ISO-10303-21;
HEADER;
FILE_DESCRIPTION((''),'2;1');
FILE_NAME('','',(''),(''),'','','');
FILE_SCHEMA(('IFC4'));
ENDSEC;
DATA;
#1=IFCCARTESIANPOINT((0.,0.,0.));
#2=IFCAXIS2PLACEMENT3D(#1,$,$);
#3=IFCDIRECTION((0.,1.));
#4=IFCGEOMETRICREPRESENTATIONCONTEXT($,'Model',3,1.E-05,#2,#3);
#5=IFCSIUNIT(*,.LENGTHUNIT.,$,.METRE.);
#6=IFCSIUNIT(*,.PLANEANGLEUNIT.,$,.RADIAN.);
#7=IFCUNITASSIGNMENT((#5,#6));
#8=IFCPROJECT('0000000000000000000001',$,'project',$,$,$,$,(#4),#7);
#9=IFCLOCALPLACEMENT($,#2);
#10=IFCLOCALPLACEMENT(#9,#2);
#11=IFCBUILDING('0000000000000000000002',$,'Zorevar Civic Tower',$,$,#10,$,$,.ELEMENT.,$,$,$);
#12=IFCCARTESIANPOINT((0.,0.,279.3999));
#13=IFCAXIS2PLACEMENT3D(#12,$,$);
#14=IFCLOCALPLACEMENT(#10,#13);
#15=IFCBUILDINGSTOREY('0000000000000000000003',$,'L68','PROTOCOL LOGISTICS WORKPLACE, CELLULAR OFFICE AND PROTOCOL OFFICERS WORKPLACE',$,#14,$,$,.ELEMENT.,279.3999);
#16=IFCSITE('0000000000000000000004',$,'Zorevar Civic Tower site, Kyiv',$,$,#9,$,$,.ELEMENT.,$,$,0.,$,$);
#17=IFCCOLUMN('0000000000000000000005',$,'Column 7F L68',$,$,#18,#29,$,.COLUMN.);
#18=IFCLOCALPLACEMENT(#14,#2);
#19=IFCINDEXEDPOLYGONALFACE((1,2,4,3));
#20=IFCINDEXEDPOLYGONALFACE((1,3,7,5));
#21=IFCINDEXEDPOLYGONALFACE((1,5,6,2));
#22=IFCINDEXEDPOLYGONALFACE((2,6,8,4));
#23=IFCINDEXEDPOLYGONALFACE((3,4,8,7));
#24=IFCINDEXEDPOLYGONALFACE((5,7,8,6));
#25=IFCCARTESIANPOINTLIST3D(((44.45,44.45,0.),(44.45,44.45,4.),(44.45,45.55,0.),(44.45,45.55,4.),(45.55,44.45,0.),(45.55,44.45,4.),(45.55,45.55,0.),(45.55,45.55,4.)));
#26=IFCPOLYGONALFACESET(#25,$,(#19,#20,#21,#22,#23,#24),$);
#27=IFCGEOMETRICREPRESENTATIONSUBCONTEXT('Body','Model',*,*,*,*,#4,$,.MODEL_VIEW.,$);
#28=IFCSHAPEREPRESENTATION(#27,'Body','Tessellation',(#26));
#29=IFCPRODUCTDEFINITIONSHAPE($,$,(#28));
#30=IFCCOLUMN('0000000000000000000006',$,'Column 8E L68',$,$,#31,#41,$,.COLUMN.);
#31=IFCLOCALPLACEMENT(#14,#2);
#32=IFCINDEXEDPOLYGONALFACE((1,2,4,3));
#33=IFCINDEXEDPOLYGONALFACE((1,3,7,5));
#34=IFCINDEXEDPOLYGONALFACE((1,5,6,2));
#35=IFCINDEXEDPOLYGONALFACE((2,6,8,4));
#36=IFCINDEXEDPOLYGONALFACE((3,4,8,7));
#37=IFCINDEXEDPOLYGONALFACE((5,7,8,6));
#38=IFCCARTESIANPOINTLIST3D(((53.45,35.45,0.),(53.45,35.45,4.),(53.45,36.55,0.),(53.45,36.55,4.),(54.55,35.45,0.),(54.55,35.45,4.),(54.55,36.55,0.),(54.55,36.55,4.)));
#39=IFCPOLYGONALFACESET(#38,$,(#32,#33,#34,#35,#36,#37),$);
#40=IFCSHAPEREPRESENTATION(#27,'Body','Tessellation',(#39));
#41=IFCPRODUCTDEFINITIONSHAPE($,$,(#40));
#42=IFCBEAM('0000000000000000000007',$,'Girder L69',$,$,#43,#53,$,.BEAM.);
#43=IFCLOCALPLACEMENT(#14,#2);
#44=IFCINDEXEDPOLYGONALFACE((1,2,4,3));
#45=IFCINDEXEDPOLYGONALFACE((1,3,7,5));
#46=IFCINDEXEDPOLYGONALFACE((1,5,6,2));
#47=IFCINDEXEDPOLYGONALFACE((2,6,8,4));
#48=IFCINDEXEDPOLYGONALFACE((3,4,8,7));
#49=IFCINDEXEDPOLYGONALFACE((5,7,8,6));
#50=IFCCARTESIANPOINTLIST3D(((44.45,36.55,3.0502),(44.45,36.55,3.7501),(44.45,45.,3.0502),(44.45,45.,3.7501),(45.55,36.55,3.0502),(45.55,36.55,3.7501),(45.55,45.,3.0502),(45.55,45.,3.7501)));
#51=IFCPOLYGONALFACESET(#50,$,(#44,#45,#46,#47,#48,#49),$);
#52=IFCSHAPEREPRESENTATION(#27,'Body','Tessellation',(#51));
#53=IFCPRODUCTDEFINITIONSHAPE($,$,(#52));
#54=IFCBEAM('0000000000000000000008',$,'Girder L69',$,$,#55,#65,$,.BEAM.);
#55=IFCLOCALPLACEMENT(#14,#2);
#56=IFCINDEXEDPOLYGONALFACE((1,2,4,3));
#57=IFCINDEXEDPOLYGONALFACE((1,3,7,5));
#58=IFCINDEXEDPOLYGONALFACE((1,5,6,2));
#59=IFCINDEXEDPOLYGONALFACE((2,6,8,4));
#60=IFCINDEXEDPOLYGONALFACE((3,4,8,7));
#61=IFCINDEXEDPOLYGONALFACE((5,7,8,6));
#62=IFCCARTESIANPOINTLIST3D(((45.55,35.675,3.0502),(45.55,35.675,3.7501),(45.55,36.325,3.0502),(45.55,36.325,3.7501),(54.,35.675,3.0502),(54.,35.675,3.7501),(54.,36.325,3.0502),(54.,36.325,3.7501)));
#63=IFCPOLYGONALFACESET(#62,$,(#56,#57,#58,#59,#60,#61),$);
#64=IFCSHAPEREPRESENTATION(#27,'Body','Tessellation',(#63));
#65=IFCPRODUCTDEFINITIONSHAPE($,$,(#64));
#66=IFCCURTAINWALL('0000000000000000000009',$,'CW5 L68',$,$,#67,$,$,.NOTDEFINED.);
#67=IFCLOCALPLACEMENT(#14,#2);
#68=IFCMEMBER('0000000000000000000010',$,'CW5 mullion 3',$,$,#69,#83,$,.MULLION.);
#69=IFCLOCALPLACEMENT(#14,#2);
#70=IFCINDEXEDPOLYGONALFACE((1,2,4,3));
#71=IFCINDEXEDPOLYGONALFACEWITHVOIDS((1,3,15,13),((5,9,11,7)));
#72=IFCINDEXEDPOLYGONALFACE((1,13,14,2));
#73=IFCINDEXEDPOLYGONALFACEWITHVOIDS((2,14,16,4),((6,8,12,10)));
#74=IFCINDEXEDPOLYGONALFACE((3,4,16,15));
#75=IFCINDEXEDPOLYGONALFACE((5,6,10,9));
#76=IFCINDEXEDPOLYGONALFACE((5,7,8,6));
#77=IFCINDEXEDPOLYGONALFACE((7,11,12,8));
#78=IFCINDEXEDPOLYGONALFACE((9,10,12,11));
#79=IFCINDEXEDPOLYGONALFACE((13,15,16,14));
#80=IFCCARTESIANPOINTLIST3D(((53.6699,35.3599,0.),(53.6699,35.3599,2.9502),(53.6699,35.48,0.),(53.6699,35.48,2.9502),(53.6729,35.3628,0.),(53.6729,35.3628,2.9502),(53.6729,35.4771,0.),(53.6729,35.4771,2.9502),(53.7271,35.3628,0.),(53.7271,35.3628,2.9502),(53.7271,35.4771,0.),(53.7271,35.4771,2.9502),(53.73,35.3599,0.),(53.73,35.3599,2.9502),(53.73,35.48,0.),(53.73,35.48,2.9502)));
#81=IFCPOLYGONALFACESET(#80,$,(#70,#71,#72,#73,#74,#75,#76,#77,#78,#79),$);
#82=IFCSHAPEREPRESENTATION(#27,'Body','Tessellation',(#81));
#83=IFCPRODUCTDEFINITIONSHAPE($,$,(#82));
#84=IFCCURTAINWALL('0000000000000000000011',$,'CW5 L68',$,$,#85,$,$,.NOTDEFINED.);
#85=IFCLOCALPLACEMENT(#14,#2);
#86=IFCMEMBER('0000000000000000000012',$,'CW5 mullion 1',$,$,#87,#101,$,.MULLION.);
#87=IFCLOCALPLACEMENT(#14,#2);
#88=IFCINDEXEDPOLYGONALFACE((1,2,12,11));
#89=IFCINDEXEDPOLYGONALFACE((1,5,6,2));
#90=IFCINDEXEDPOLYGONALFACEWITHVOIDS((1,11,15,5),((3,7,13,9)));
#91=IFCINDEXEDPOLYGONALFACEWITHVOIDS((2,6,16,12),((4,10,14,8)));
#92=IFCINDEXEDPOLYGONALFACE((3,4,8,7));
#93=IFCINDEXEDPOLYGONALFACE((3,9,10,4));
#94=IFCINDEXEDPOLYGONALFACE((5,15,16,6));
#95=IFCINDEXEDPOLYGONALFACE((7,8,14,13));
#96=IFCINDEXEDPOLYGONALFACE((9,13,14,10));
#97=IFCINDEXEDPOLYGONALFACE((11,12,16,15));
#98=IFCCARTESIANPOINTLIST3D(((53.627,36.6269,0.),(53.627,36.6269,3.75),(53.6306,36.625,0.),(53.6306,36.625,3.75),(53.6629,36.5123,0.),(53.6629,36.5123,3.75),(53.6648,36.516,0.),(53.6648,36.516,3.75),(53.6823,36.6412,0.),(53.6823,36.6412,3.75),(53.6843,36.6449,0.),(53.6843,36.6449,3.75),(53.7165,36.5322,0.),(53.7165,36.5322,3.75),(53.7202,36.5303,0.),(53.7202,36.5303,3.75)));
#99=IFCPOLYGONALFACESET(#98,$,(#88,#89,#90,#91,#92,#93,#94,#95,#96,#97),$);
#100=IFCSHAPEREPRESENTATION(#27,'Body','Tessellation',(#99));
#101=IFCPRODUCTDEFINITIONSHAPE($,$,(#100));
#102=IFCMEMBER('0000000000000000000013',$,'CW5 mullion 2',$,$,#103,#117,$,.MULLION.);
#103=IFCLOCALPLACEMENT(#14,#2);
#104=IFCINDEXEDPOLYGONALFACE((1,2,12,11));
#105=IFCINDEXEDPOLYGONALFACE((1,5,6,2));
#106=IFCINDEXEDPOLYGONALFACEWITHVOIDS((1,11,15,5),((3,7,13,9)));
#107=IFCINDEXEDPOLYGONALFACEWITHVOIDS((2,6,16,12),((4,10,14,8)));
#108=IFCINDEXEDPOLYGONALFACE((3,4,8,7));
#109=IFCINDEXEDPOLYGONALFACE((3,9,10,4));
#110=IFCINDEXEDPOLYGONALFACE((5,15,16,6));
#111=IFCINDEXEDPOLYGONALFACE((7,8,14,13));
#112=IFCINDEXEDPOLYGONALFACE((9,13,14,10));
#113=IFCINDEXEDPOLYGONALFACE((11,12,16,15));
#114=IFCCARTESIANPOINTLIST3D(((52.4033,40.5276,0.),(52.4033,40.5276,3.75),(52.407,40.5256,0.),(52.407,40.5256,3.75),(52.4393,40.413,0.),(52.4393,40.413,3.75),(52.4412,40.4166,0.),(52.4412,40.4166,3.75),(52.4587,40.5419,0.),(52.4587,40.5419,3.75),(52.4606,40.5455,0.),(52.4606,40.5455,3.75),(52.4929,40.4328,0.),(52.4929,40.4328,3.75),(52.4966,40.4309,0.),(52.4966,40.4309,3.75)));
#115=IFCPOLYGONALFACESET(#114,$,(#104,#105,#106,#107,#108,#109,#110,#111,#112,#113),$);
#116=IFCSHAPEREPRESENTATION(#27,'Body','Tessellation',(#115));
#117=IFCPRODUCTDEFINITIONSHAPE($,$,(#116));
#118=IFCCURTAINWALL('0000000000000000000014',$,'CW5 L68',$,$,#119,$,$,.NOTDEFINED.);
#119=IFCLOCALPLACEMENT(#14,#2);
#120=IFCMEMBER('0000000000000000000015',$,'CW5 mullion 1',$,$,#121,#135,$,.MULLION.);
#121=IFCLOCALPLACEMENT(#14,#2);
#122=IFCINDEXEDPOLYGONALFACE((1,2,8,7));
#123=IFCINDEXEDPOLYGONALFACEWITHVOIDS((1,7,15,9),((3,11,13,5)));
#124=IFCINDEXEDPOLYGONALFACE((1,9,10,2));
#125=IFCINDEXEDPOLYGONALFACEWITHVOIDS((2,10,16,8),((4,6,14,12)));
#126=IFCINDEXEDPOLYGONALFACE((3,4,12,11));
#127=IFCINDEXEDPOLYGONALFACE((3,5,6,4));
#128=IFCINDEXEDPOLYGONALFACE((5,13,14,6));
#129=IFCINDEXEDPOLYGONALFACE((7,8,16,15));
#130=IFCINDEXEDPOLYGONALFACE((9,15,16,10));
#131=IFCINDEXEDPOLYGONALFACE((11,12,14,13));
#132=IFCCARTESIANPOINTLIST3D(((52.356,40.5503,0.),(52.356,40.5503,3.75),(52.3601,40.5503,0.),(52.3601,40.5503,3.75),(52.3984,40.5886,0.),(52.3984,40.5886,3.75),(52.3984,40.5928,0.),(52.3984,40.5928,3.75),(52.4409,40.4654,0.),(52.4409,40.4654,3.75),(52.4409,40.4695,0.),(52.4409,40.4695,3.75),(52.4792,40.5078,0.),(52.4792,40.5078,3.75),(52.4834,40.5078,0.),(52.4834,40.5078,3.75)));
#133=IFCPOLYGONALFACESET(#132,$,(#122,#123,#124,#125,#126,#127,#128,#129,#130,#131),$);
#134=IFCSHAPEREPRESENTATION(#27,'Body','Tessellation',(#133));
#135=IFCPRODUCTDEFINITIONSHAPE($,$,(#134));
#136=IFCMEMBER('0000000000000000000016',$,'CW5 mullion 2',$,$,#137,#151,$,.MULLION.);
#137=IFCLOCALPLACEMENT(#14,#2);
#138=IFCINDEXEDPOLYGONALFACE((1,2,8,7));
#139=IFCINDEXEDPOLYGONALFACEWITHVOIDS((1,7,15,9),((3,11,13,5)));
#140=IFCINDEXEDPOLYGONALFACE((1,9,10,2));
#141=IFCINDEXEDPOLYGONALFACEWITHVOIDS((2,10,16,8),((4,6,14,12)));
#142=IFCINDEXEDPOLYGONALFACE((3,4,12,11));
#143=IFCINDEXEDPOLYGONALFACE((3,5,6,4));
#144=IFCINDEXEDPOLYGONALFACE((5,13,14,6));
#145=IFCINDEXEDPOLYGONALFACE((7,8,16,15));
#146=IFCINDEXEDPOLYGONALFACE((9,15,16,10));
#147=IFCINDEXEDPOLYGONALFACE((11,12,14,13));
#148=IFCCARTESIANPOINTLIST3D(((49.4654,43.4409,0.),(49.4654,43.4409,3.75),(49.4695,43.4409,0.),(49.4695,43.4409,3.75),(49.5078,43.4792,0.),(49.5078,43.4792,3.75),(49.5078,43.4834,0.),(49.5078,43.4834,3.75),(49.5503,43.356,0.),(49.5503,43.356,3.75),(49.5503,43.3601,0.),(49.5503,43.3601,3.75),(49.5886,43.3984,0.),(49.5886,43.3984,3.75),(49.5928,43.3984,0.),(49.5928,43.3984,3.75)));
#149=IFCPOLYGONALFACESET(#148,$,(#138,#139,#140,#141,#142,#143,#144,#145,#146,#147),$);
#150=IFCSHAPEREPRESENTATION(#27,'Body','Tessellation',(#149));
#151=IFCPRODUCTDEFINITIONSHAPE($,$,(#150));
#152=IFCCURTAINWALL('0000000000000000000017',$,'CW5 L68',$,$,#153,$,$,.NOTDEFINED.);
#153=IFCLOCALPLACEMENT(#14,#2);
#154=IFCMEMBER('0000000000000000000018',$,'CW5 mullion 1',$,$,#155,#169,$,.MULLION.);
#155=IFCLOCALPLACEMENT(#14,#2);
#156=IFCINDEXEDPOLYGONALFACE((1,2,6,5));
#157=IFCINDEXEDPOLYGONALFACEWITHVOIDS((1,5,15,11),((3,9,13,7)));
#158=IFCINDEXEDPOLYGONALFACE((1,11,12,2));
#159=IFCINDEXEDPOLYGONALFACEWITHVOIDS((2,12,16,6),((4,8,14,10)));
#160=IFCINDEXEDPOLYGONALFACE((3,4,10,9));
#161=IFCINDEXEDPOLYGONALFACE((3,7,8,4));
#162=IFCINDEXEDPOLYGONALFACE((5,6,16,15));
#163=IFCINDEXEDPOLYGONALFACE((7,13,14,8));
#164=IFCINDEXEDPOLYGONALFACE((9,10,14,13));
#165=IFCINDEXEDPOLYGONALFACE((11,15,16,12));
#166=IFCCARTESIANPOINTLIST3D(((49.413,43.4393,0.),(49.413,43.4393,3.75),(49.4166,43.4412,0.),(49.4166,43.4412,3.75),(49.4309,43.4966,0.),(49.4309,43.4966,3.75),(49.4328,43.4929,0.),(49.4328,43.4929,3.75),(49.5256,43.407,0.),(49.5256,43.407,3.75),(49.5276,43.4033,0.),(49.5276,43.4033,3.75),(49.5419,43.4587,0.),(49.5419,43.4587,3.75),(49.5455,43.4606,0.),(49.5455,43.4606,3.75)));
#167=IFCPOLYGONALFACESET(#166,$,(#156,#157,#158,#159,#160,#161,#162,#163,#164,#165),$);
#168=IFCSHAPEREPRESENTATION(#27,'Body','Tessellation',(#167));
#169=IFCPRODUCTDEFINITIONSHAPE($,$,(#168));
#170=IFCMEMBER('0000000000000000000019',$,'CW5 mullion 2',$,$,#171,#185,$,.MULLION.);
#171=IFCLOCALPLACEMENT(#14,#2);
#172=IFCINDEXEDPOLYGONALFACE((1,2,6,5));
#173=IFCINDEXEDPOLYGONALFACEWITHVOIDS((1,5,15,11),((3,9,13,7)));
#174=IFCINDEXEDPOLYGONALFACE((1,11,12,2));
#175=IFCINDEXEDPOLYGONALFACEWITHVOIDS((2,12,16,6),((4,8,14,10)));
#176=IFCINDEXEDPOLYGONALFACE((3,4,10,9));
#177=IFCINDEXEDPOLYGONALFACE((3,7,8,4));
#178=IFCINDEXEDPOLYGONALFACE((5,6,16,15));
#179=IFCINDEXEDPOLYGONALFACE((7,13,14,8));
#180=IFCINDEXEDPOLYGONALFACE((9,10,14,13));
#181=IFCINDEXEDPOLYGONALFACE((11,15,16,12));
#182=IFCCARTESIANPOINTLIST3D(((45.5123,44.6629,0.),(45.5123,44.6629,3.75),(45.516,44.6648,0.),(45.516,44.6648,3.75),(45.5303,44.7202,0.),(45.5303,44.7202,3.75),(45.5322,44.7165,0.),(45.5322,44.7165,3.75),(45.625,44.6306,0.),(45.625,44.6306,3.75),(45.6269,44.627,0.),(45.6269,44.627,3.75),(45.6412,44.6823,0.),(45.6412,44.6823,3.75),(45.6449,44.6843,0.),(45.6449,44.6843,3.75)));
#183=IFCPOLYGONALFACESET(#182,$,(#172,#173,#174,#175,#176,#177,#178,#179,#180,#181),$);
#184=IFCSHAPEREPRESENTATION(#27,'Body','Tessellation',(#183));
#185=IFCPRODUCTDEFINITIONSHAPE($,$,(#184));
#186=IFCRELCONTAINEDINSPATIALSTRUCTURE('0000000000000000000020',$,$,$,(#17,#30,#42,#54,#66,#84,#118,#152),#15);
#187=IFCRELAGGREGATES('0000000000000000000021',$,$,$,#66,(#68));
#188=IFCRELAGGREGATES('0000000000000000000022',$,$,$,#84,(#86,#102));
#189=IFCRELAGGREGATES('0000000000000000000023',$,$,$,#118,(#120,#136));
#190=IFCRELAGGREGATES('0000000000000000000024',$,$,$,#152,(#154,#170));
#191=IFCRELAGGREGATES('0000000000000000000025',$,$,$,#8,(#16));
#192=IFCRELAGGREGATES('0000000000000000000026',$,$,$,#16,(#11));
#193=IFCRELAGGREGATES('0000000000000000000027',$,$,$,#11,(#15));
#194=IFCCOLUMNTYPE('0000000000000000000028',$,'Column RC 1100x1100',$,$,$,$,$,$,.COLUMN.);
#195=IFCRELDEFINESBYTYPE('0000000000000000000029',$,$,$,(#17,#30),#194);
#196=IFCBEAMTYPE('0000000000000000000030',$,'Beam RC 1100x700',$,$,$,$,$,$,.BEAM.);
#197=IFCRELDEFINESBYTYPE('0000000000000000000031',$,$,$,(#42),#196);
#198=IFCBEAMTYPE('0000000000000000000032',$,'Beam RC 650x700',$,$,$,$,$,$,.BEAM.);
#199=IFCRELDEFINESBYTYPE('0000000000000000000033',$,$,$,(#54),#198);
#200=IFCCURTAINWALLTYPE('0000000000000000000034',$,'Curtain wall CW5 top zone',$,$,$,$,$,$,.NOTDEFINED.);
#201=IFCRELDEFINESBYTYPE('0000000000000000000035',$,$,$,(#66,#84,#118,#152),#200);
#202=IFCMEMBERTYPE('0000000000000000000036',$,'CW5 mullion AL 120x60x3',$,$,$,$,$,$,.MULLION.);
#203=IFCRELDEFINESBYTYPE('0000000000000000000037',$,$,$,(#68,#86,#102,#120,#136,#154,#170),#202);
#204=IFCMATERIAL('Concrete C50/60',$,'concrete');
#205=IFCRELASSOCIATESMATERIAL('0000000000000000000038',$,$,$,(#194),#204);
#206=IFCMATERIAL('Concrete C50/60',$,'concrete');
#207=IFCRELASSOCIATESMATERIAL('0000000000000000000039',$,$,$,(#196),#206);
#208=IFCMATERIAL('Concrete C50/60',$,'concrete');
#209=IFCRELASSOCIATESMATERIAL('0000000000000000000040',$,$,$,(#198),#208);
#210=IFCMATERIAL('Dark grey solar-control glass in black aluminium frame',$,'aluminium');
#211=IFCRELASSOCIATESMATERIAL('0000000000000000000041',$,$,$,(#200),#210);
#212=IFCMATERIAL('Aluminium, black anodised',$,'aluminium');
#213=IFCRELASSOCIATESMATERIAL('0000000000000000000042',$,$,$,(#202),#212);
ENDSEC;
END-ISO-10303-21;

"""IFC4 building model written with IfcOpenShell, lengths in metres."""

from ifc_helpers import new_model, si_unit, direction, frame, origin, origin_2d, place, context, subcontext, project, spatial, rectangle, hollow_rectangle, extrude, material, material_profile, profile_set, type_object, element, aggregate, save


model = new_model("IFC4")

# Units and contexts
model_context = context("Model", 3, precision=1e-05, world=origin(), true_north=direction((0.0, 1.0)))
body_context = subcontext(model_context, "Body", "Model", "MODEL_VIEW")
ifc_project = project(units=[si_unit("LENGTHUNIT", "METRE"), si_unit("PLANEANGLEUNIT", "RADIAN")], contexts=[model_context])

# Site, building, storey
site_placement = place(None, origin())
site = spatial("IfcSite", under=ifc_project, at=site_placement, Name="Zorevar Civic Tower site, Kyiv", CompositionType="ELEMENT", RefElevation=0.0)
building_placement = place(site_placement, origin())
building = spatial("IfcBuilding", under=site, at=building_placement, Name="Zorevar Civic Tower", CompositionType="ELEMENT")
storey_placement = place(building_placement, frame((0.0, 0.0, 279.3999)))
storey = spatial("IfcBuildingStorey", under=building, at=storey_placement, Name="L68", Description="PROTOCOL LOGISTICS WORKPLACE, CELLULAR OFFICE AND PROTOCOL OFFICERS WORKPLACE", CompositionType="ELEMENT", Elevation=279.3999)

# Columns
ifc_material_1 = material(Name="Concrete C50/60", Category="concrete")
ifc_material_profile_1 = material_profile(ifc_material_1, rectangle(XDim=1.1001, YDim=1.1001, at=origin_2d()), Name="RC 1100x1100")
ifc_profile_set_1 = profile_set([ifc_material_profile_1], Name="Concrete C50/60")
column_type = type_object("IfcColumnType", Name="Column RC 1100x1100", PredefinedType="COLUMN", material=ifc_profile_set_1)
for number, where, z_axis, x_axis, name in (
    (1, (45.0, 45.0, 0.0), (0.0, 0.0, 1.0), (1.0, 0.0, 0.0), "Column 7F L68"),
    (2, (54.0, 36.0, 0.0), (0.0, 0.0, 1.0), (1.0, 0.0, 0.0), "Column 8E L68"),
):
    element("IfcColumn", number, at=place(storey_placement, frame(where, z_axis=z_axis, x_axis=x_axis)), inside=storey, type_object=column_type, Name=name, PredefinedType="COLUMN", context=body_context, shape_type="SweptSolid", body=[
        extrude(rectangle(XDim=1.1001, YDim=1.1001, at=origin_2d()), origin(), (0.0, 0.0, 1.0), 4.0),
    ])

# Beams
ifc_material_2 = material(Name="Concrete C50/60", Category="concrete")
ifc_material_profile_2 = material_profile(ifc_material_2, rectangle(XDim=1.1001, YDim=0.7, at=origin_2d()), Name="RC 1100x700")
ifc_profile_set_2 = profile_set([ifc_material_profile_2], Name="Concrete C50/60")
beam_type_1 = type_object("IfcBeamType", Name="Beam RC 1100x700", PredefinedType="BEAM", material=ifc_profile_set_2)
beam_1_placement = place(storey_placement, frame((45.0, 36.55, 3.4001), z_axis=(0.0, 1.0, 0.0), x_axis=(-1.0, 0.0, 0.0)))
element("IfcBeam", 3, at=beam_1_placement, inside=storey, type_object=beam_type_1, Name="Girder L69", PredefinedType="BEAM", context=body_context, shape_type="SweptSolid", body=[
    extrude(rectangle(XDim=1.1001, YDim=0.7, at=origin_2d()), origin(), (0.0, 0.0, 1.0), 8.45),
])
ifc_material_3 = material(Name="Concrete C50/60", Category="concrete")
ifc_material_profile_3 = material_profile(ifc_material_3, rectangle(XDim=0.6499, YDim=0.7, at=origin_2d()), Name="RC 650x700")
ifc_profile_set_3 = profile_set([ifc_material_profile_3], Name="Concrete C50/60")
beam_type_2 = type_object("IfcBeamType", Name="Beam RC 650x700", PredefinedType="BEAM", material=ifc_profile_set_3)
beam_2_placement = place(storey_placement, frame((45.55, 36.0, 3.4001), z_axis=(1.0, 0.0, 0.0), x_axis=(0.0, 1.0, 0.0)))
element("IfcBeam", 4, at=beam_2_placement, inside=storey, type_object=beam_type_2, Name="Girder L69", PredefinedType="BEAM", context=body_context, shape_type="SweptSolid", body=[
    extrude(rectangle(XDim=0.6499, YDim=0.7, at=origin_2d()), origin(), (0.0, 0.0, 1.0), 8.45),
])

# Curtain wall, member
ifc_material_4 = material(Name="Dark grey solar-control glass in black aluminium frame", Category="aluminium")
curtain_wall_type = type_object("IfcCurtainWallType", Name="Curtain wall CW5 top zone", PredefinedType="NOTDEFINED", material=ifc_material_4)
curtain_wall_1_placement = place(storey_placement, origin())
curtain_wall_1 = element("IfcCurtainWall", 5, at=curtain_wall_1_placement, inside=storey, type_object=curtain_wall_type, Name="CW5 L68", PredefinedType="NOTDEFINED")
ifc_material_5 = material(Name="Aluminium, black anodised", Category="aluminium")
ifc_material_profile_4 = material_profile(ifc_material_5, hollow_rectangle(XDim=0.0601, YDim=0.1201, WallThickness=0.0029, at=origin_2d()), Name="AL 120x60x3")
ifc_profile_set_4 = profile_set([ifc_material_profile_4], Name="Aluminium, black anodised")
member_type_1 = type_object("IfcMemberType", Name="CW5 mullion AL 120x60x3", PredefinedType="MULLION", material=ifc_profile_set_4)
member_1_placement = place(storey_placement, frame((53.7, 35.4199, 0.0), z_axis=(0.0, 0.0, 1.0), x_axis=(-1.0, 0.0, 0.0)))
member_1 = element("IfcMember", 6, at=member_1_placement, type_object=member_type_1, Name="CW5 mullion 3", PredefinedType="MULLION", context=body_context, shape_type="SweptSolid", body=[
    extrude(hollow_rectangle(XDim=0.0601, YDim=0.1201, WallThickness=0.0029, at=origin_2d()), origin(), (0.0, 0.0, 1.0), 2.9502),
])
aggregate(curtain_wall_1, [member_1])

# Curtain walls, members
curtain_wall_2_placement = place(storey_placement, origin())
curtain_wall_2 = element("IfcCurtainWall", 7, at=curtain_wall_2_placement, inside=storey, type_object=curtain_wall_type, Name="CW5 L68", PredefinedType="NOTDEFINED")
member_2_placement = place(storey_placement, frame((53.6736, 36.5786, 0.0), z_axis=(0.0, 0.0, 1.0), x_axis=(-0.954153, -0.299318, 0.0)))
member_2 = element("IfcMember", 8, at=member_2_placement, type_object=member_type_1, Name="CW5 mullion 1", PredefinedType="MULLION", context=body_context, shape_type="SweptSolid", body=[
    extrude(hollow_rectangle(XDim=0.0601, YDim=0.1201, WallThickness=0.0029, at=origin_2d()), origin(), (0.0, 0.0, 1.0), 3.75),
])
member_3_placement = place(storey_placement, frame((52.45, 40.4792, 0.0), z_axis=(0.0, 0.0, 1.0), x_axis=(-0.954153, -0.299318, 0.0)))
member_3 = element("IfcMember", 9, at=member_3_placement, type_object=member_type_1, Name="CW5 mullion 2", PredefinedType="MULLION", context=body_context, shape_type="SweptSolid", body=[
    extrude(hollow_rectangle(XDim=0.0601, YDim=0.1201, WallThickness=0.0029, at=origin_2d()), origin(), (0.0, 0.0, 1.0), 3.75),
])
curtain_wall_3_placement = place(storey_placement, origin())
curtain_wall_3 = element("IfcCurtainWall", 10, at=curtain_wall_3_placement, inside=storey, type_object=curtain_wall_type, Name="CW5 L68", PredefinedType="NOTDEFINED")
member_4_placement = place(storey_placement, frame((52.4197, 40.5291, 0.0), z_axis=(0.0, 0.0, 1.0), x_axis=(-0.707107, -0.707107, 0.0)))
member_4 = element("IfcMember", 11, at=member_4_placement, type_object=member_type_1, Name="CW5 mullion 1", PredefinedType="MULLION", context=body_context, shape_type="SweptSolid", body=[
    extrude(hollow_rectangle(XDim=0.0601, YDim=0.1201, WallThickness=0.0029, at=origin_2d()), origin(), (0.0, 0.0, 1.0), 3.75),
])
member_5_placement = place(storey_placement, frame((49.5291, 43.4197, 0.0), z_axis=(0.0, 0.0, 1.0), x_axis=(-0.707107, -0.707107, 0.0)))
member_5 = element("IfcMember", 12, at=member_5_placement, type_object=member_type_1, Name="CW5 mullion 2", PredefinedType="MULLION", context=body_context, shape_type="SweptSolid", body=[
    extrude(hollow_rectangle(XDim=0.0601, YDim=0.1201, WallThickness=0.0029, at=origin_2d()), origin(), (0.0, 0.0, 1.0), 3.75),
])
curtain_wall_4_placement = place(storey_placement, origin())
curtain_wall_4 = element("IfcCurtainWall", 13, at=curtain_wall_4_placement, inside=storey, type_object=curtain_wall_type, Name="CW5 L68", PredefinedType="NOTDEFINED")
member_6_placement = place(storey_placement, frame((49.4792, 43.45, 0.0), z_axis=(0.0, 0.0, 1.0), x_axis=(-0.299318, -0.954153, 0.0)))
member_6 = element("IfcMember", 14, at=member_6_placement, type_object=member_type_1, Name="CW5 mullion 1", PredefinedType="MULLION", context=body_context, shape_type="SweptSolid", body=[
    extrude(hollow_rectangle(XDim=0.0601, YDim=0.1201, WallThickness=0.0029, at=origin_2d()), origin(), (0.0, 0.0, 1.0), 3.75),
])
member_7_placement = place(storey_placement, frame((45.5786, 44.6736, 0.0), z_axis=(0.0, 0.0, 1.0), x_axis=(-0.299318, -0.954153, 0.0)))
member_7 = element("IfcMember", 15, at=member_7_placement, type_object=member_type_1, Name="CW5 mullion 2", PredefinedType="MULLION", context=body_context, shape_type="SweptSolid", body=[
    extrude(hollow_rectangle(XDim=0.0601, YDim=0.1201, WallThickness=0.0029, at=origin_2d()), origin(), (0.0, 0.0, 1.0), 3.75),
])

aggregate(curtain_wall_2, [member_2, member_3])
aggregate(curtain_wall_3, [member_4, member_5])
aggregate(curtain_wall_4, [member_6, member_7])

save(model, "model.ifc")
